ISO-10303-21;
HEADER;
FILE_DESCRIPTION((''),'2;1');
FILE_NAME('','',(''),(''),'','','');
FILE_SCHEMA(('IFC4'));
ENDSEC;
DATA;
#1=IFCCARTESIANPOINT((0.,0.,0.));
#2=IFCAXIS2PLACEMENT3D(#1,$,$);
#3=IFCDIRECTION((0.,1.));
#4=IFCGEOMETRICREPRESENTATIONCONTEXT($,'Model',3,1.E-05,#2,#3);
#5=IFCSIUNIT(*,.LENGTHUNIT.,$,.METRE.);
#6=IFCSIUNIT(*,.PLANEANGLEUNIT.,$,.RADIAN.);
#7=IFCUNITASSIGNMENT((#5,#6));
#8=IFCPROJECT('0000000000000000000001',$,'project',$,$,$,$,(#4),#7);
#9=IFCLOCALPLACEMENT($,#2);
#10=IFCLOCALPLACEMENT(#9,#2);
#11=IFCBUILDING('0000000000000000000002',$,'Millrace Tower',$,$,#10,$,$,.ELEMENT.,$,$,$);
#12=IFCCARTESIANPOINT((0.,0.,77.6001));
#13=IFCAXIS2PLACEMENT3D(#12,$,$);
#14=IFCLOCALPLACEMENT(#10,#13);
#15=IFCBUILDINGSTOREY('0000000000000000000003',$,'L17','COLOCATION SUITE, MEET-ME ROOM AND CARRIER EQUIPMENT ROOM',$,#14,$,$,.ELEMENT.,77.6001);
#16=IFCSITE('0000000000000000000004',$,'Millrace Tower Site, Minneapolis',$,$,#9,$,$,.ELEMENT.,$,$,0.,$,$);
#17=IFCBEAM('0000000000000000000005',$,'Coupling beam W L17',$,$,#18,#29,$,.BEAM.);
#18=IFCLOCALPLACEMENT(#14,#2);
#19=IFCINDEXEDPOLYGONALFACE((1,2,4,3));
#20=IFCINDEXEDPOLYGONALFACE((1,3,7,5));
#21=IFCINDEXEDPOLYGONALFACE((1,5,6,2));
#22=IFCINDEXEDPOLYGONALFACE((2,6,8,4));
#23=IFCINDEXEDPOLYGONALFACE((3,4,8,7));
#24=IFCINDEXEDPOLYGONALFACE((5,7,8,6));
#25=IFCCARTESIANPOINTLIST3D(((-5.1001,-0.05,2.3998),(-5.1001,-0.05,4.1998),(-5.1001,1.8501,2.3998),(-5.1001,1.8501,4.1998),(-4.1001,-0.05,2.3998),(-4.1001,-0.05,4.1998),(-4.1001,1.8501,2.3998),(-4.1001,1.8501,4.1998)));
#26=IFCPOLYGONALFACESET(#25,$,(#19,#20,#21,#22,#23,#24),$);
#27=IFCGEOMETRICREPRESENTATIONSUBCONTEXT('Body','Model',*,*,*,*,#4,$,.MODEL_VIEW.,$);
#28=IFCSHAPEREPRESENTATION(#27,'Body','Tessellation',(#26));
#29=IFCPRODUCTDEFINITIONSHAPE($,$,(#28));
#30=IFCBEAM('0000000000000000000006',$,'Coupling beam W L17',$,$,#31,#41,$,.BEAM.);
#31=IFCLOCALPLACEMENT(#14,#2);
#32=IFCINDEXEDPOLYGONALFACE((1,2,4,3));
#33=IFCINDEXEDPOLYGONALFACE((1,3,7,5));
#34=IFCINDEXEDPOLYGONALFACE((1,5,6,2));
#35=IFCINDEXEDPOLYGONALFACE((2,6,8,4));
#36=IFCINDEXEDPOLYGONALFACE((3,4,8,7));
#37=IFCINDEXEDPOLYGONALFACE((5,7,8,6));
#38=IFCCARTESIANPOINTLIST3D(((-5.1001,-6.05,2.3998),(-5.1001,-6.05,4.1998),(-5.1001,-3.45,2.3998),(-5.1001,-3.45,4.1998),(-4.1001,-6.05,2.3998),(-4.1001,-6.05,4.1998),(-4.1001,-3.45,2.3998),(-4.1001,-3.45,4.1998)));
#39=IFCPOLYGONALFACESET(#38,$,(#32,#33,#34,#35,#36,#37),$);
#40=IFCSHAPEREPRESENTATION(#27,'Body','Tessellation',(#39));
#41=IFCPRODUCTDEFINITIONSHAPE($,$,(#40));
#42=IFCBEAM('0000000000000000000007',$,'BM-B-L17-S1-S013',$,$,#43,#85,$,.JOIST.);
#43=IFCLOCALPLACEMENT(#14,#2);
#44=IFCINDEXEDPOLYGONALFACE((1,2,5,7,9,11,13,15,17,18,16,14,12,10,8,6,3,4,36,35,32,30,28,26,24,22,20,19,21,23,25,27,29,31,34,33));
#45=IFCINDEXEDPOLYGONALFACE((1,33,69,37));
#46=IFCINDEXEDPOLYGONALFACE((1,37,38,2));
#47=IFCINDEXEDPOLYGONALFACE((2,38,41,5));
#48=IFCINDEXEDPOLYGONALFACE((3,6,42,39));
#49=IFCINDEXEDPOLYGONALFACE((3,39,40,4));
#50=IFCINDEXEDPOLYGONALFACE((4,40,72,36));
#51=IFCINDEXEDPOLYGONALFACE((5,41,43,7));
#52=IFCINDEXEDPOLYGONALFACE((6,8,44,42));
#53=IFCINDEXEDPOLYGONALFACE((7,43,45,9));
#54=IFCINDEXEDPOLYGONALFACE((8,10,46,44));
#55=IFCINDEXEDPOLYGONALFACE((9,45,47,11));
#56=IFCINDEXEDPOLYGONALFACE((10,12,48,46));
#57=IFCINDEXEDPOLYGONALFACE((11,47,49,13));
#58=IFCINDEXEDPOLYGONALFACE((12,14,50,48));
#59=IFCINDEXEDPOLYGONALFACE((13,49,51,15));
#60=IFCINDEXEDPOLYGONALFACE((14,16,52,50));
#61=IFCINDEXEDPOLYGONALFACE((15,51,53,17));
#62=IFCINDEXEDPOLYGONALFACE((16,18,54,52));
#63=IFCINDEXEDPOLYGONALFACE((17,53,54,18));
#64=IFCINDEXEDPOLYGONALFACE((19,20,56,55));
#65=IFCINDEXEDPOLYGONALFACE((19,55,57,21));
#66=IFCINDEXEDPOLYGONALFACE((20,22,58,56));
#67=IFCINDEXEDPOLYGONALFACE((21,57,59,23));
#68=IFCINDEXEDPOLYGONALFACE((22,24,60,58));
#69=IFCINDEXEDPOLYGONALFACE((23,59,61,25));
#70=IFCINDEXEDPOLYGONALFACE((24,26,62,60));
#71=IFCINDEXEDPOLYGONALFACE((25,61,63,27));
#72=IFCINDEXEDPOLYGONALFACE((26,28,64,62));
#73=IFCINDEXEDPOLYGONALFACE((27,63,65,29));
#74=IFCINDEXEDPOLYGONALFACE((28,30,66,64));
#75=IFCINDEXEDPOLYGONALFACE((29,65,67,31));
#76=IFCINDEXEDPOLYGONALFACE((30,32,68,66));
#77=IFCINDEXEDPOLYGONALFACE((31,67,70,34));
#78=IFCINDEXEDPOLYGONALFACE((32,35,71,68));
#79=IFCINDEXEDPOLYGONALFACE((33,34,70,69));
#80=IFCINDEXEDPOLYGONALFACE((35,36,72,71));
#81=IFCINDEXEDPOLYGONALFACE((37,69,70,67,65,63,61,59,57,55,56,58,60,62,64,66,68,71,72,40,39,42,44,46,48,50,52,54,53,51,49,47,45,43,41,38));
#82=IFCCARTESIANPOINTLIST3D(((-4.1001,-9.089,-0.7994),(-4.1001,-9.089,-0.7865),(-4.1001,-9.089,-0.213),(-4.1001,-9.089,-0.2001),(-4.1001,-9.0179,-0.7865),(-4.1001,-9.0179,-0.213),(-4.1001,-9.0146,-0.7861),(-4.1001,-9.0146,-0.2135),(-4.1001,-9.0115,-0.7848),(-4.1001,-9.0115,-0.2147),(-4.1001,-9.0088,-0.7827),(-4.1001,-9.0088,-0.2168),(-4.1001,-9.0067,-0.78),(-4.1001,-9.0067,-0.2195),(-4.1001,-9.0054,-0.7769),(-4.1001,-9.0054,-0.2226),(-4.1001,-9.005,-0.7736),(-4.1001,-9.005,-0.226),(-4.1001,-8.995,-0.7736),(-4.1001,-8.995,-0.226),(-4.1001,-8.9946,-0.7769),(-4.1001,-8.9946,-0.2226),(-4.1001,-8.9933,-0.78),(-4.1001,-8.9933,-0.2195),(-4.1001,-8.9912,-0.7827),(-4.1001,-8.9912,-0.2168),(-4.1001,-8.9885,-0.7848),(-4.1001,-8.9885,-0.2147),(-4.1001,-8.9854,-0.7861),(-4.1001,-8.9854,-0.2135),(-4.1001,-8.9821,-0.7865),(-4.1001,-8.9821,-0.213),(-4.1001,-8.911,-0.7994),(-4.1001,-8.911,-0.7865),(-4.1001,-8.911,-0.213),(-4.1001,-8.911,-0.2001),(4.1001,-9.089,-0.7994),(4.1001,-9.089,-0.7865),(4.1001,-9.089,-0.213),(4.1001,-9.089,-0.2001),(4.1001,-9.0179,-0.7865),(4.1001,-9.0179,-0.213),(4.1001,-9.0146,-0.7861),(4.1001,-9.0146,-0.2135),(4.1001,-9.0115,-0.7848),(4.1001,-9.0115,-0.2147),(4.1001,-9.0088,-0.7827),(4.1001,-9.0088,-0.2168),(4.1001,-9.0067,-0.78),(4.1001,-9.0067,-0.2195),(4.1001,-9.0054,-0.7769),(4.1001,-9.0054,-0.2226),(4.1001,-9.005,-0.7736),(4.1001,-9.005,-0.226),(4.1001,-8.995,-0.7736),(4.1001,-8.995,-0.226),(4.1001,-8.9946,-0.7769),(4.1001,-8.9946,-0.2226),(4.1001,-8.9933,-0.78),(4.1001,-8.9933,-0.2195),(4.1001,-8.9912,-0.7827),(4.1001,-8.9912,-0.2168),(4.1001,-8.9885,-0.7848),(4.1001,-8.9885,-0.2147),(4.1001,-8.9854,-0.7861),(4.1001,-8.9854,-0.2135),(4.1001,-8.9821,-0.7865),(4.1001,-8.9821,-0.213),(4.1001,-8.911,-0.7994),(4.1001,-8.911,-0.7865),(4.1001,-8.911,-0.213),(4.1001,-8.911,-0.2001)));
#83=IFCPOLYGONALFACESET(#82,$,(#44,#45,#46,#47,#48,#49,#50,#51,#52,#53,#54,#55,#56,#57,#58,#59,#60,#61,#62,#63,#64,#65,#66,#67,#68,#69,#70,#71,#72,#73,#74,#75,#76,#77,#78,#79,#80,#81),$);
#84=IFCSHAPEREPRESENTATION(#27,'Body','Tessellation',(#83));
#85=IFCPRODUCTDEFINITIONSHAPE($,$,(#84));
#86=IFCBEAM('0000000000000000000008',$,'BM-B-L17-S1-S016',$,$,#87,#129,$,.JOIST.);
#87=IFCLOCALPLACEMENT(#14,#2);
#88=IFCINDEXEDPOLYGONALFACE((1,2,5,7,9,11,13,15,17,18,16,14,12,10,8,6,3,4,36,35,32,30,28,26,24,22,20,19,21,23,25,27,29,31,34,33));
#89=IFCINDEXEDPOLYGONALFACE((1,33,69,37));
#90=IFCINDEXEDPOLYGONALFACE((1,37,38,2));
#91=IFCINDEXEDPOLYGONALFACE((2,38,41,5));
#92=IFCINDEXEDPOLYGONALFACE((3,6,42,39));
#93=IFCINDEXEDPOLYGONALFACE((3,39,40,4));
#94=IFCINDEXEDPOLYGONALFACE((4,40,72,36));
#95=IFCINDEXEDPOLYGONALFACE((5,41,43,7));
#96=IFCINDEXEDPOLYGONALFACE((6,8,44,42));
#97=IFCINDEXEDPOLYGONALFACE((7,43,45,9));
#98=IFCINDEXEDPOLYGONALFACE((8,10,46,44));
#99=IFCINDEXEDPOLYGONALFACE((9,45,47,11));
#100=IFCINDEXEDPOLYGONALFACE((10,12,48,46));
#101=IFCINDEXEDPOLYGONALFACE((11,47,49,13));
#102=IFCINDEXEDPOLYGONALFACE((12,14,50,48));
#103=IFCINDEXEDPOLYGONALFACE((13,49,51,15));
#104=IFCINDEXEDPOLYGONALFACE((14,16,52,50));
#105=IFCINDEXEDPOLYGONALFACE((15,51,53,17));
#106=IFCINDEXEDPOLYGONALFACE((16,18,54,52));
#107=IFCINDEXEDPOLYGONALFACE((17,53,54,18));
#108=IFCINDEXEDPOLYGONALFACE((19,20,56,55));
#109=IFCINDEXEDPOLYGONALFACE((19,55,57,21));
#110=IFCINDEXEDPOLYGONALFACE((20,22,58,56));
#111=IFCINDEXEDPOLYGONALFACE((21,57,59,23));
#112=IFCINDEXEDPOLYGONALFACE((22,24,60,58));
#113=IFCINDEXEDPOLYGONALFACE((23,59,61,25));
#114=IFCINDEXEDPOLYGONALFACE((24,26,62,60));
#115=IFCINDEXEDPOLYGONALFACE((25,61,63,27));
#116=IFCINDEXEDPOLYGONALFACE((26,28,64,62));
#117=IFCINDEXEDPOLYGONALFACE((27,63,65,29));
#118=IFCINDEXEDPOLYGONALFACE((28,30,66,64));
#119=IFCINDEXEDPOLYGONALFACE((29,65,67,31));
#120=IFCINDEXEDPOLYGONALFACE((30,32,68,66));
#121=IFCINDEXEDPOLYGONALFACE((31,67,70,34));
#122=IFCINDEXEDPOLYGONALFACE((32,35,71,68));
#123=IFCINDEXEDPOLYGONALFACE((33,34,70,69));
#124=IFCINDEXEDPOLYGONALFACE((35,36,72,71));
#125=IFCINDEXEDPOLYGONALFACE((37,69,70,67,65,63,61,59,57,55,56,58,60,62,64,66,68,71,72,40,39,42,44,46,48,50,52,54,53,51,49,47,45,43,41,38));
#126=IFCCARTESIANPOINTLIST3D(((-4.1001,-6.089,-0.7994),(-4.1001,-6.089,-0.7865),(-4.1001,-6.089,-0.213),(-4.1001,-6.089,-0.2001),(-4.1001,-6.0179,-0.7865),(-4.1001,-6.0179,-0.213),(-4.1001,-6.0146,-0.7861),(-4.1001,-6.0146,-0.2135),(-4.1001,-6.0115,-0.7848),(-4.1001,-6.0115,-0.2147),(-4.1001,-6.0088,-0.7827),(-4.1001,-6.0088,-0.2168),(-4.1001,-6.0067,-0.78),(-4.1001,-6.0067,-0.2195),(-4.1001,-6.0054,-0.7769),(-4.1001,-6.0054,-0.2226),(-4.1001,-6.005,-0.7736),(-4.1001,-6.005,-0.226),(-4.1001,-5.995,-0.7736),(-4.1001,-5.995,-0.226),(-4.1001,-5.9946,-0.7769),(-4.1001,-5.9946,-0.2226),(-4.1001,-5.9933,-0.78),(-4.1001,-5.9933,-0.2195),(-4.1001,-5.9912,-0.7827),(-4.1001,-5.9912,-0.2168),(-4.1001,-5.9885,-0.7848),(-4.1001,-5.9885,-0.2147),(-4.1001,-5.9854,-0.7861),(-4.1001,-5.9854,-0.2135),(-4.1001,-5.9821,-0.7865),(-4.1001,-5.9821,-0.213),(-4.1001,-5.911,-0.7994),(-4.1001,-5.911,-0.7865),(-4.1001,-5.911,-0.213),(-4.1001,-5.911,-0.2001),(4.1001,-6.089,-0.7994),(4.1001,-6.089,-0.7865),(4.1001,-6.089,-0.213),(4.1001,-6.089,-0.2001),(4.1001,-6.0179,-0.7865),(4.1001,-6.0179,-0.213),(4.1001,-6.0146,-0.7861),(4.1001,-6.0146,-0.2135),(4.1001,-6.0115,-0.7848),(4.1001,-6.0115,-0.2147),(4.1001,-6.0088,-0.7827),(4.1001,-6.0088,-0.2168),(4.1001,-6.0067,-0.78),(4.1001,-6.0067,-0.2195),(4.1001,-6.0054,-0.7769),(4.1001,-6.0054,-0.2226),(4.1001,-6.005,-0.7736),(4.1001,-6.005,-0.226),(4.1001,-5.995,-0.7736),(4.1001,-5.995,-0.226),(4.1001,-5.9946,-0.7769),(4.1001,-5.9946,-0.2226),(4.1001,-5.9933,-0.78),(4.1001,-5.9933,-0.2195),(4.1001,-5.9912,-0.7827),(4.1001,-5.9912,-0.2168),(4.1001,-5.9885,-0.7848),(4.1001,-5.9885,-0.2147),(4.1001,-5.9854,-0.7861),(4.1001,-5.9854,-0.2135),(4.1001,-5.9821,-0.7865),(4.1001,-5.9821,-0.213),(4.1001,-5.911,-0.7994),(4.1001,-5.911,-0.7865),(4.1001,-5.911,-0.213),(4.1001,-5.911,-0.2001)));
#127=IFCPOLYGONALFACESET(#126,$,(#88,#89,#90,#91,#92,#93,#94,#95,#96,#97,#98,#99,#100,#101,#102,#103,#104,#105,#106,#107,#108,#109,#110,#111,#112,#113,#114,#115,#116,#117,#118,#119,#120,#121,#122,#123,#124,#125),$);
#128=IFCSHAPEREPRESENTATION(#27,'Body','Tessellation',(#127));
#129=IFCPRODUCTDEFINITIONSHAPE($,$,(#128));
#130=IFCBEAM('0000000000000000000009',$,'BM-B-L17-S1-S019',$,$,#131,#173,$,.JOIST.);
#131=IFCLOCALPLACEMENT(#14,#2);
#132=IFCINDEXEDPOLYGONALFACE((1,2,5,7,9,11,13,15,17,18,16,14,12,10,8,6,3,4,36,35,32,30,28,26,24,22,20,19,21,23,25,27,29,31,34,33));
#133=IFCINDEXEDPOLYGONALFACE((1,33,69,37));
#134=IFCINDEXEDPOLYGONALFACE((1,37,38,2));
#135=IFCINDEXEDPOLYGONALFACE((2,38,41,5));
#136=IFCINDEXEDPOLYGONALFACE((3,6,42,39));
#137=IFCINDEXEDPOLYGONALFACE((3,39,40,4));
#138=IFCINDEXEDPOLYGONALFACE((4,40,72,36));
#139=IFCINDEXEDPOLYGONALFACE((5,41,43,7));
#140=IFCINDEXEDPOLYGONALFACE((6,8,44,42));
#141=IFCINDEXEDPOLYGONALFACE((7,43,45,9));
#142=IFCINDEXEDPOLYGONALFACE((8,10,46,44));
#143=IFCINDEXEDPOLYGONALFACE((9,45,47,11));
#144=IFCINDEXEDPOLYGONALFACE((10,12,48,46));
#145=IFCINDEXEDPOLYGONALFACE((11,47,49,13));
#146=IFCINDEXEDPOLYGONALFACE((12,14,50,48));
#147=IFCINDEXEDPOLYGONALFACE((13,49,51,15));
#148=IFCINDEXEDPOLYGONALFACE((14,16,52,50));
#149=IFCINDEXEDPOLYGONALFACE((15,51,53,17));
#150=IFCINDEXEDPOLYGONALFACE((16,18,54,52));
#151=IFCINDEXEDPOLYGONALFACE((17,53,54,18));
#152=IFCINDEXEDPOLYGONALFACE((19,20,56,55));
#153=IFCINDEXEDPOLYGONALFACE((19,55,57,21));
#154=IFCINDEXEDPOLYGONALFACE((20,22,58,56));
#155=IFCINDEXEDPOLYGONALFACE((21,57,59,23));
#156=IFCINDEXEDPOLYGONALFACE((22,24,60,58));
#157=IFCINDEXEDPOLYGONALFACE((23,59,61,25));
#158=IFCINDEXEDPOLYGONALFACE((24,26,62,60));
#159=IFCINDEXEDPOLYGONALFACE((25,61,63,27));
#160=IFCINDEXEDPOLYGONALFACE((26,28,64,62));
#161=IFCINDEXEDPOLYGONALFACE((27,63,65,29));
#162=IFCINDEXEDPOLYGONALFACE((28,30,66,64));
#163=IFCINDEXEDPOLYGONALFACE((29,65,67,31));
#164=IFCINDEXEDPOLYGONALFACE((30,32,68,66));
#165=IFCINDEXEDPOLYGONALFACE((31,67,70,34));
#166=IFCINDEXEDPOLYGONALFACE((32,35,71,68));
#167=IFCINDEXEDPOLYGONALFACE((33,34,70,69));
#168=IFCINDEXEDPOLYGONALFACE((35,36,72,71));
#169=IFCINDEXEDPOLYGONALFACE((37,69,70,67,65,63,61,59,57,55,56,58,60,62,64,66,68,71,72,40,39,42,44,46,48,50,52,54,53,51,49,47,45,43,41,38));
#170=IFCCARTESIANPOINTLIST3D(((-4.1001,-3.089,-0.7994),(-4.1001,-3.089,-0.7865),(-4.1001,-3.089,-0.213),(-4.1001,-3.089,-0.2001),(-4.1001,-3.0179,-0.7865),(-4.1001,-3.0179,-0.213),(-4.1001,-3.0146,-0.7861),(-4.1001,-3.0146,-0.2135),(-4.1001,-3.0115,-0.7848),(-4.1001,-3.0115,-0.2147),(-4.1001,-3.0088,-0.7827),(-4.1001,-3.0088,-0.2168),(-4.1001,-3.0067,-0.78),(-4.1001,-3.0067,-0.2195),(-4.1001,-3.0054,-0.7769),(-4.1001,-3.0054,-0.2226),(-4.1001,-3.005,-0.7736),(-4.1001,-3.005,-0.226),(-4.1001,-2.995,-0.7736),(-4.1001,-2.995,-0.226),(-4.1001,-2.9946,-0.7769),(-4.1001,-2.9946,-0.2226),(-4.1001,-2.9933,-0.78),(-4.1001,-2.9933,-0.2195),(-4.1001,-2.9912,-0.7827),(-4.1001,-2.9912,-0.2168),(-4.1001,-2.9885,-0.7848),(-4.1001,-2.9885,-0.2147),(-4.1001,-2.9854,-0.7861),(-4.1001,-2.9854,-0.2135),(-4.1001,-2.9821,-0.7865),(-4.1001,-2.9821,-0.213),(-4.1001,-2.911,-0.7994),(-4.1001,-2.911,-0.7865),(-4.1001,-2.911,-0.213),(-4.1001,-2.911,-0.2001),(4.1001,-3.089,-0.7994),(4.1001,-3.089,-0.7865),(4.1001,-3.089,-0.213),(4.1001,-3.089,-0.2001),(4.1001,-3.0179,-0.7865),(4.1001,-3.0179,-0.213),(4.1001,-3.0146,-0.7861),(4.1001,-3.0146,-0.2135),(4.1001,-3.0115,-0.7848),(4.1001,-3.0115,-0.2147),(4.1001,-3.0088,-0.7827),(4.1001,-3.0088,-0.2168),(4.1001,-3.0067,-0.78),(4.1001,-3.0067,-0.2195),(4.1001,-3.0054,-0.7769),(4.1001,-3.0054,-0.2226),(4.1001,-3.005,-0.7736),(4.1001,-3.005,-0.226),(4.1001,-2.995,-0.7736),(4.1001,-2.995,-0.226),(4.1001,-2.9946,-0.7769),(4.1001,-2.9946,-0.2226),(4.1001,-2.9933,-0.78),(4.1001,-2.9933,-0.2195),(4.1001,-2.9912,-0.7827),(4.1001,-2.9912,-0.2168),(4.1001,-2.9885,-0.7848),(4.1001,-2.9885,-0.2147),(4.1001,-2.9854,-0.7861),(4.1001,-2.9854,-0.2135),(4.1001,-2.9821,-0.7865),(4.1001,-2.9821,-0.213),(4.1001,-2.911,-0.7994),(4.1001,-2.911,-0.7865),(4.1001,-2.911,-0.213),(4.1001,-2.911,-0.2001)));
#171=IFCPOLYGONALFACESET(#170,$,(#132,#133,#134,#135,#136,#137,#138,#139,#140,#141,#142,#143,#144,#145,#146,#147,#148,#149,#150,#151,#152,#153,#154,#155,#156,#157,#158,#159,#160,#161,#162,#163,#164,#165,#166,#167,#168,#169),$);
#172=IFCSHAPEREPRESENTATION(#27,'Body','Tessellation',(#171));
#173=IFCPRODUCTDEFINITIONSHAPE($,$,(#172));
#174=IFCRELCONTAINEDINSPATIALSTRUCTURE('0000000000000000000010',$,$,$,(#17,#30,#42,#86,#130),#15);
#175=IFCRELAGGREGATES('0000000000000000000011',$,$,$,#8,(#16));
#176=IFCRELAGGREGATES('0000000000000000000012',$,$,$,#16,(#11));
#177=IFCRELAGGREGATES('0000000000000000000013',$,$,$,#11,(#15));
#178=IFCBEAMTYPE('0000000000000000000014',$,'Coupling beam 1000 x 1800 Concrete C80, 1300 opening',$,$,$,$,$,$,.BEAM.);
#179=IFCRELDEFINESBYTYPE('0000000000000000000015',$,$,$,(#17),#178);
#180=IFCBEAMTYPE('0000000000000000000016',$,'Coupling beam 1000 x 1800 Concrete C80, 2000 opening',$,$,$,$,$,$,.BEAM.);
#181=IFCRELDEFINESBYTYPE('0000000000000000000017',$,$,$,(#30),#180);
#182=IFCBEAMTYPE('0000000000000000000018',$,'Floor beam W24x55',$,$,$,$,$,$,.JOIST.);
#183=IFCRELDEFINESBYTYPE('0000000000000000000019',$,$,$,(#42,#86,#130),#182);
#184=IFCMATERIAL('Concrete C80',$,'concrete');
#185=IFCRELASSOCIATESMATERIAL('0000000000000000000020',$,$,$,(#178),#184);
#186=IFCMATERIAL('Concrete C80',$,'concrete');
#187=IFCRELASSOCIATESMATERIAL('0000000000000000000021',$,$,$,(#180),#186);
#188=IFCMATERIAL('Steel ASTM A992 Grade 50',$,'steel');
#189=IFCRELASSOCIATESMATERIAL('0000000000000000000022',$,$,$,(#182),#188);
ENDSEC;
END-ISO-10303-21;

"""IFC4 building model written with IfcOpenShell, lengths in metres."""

from ifc_helpers import new_model, si_unit, direction, frame, origin, origin_2d, place, context, subcontext, project, spatial, rectangle, i_section, extrude, material, material_profile, profile_set, type_object, element, save


model = new_model("IFC4")

# Units and contexts
model_context = context("Model", 3, precision=1e-05, world=origin(), true_north=direction((0.0, 1.0)))
body_context = subcontext(model_context, "Body", "Model", "MODEL_VIEW")
ifc_project = project(units=[si_unit("LENGTHUNIT", "METRE"), si_unit("PLANEANGLEUNIT", "RADIAN")], contexts=[model_context])

# Site, building, storey
site_placement = place(None, origin())
site = spatial("IfcSite", under=ifc_project, at=site_placement, Name="Millrace Tower Site, Minneapolis", CompositionType="ELEMENT", RefElevation=0.0)
building_placement = place(site_placement, origin())
building = spatial("IfcBuilding", under=site, at=building_placement, Name="Millrace Tower", CompositionType="ELEMENT")
storey_placement = place(building_placement, frame((0.0, 0.0, 77.6001)))
storey = spatial("IfcBuildingStorey", under=building, at=storey_placement, Name="L17", Description="COLOCATION SUITE, MEET-ME ROOM AND CARRIER EQUIPMENT ROOM", CompositionType="ELEMENT", Elevation=77.6001)

# Beams
ifc_material_1 = material(Name="Concrete C80", Category="concrete")
ifc_material_profile_1 = material_profile(ifc_material_1, rectangle(XDim=1.0, YDim=1.8, at=origin_2d()))
ifc_profile_set_1 = profile_set([ifc_material_profile_1], Name="Concrete C80")
beam_type_1 = type_object("IfcBeamType", Name="Coupling beam 1000 x 1800 Concrete C80, 1300 opening", PredefinedType="BEAM", material=ifc_profile_set_1)
beam_1_placement = place(storey_placement, frame((-4.6001, -0.05, 3.2998), z_axis=(0.0, 1.0, 0.0), x_axis=(-1.0, 0.0, 0.0)))
element("IfcBeam", 1, at=beam_1_placement, inside=storey, type_object=beam_type_1, Name="Coupling beam W L17", PredefinedType="BEAM", context=body_context, shape_type="SweptSolid", body=[
    extrude(rectangle(XDim=1.0, YDim=1.8, at=origin_2d()), origin(), (0.0, 0.0, 1.0), 1.9001),
])
ifc_material_2 = material(Name="Concrete C80", Category="concrete")
ifc_material_profile_2 = material_profile(ifc_material_2, rectangle(XDim=1.0, YDim=1.8, at=origin_2d()))
ifc_profile_set_2 = profile_set([ifc_material_profile_2], Name="Concrete C80")
beam_type_2 = type_object("IfcBeamType", Name="Coupling beam 1000 x 1800 Concrete C80, 2000 opening", PredefinedType="BEAM", material=ifc_profile_set_2)
beam_2_placement = place(storey_placement, frame((-4.6001, -6.05, 3.2998), z_axis=(0.0, 1.0, 0.0), x_axis=(-1.0, 0.0, 0.0)))
element("IfcBeam", 2, at=beam_2_placement, inside=storey, type_object=beam_type_2, Name="Coupling beam W L17", PredefinedType="BEAM", context=body_context, shape_type="SweptSolid", body=[
    extrude(rectangle(XDim=1.0, YDim=1.8, at=origin_2d()), origin(), (0.0, 0.0, 1.0), 2.6001),
])
ifc_material_3 = material(Name="Steel ASTM A992 Grade 50", Category="steel")
ifc_material_profile_3 = material_profile(ifc_material_3, i_section(OverallWidth=0.178, OverallDepth=0.5994, WebThickness=0.01, FlangeThickness=0.0129, FilletRadius=0.0129, at=origin_2d()))
ifc_profile_set_3 = profile_set([ifc_material_profile_3], Name="Steel ASTM A992 Grade 50")
beam_type_3 = type_object("IfcBeamType", Name="Floor beam W24x55", PredefinedType="JOIST", material=ifc_profile_set_3)
for number, where, z_axis, x_axis, name in (
    (3, (-4.1001, -9.0, -0.4998), (1.0, 0.0, 0.0), (0.0, 1.0, 0.0), "BM-B-L17-S1-S013"),
    (4, (-4.1001, -6.0, -0.4998), (1.0, 0.0, 0.0), (0.0, 1.0, 0.0), "BM-B-L17-S1-S016"),
    (5, (-4.1001, -3.0, -0.4998), (1.0, 0.0, 0.0), (0.0, 1.0, 0.0), "BM-B-L17-S1-S019"),
):
    element("IfcBeam", number, at=place(storey_placement, frame(where, z_axis=z_axis, x_axis=x_axis)), inside=storey, type_object=beam_type_3, Name=name, PredefinedType="JOIST", context=body_context, shape_type="SweptSolid", body=[
        extrude(i_section(OverallWidth=0.178, OverallDepth=0.5994, WebThickness=0.01, FlangeThickness=0.0129, FilletRadius=0.0129, at=origin_2d()), origin(), (0.0, 0.0, 1.0), 8.2002),
    ])

save(model, "model.ifc")
